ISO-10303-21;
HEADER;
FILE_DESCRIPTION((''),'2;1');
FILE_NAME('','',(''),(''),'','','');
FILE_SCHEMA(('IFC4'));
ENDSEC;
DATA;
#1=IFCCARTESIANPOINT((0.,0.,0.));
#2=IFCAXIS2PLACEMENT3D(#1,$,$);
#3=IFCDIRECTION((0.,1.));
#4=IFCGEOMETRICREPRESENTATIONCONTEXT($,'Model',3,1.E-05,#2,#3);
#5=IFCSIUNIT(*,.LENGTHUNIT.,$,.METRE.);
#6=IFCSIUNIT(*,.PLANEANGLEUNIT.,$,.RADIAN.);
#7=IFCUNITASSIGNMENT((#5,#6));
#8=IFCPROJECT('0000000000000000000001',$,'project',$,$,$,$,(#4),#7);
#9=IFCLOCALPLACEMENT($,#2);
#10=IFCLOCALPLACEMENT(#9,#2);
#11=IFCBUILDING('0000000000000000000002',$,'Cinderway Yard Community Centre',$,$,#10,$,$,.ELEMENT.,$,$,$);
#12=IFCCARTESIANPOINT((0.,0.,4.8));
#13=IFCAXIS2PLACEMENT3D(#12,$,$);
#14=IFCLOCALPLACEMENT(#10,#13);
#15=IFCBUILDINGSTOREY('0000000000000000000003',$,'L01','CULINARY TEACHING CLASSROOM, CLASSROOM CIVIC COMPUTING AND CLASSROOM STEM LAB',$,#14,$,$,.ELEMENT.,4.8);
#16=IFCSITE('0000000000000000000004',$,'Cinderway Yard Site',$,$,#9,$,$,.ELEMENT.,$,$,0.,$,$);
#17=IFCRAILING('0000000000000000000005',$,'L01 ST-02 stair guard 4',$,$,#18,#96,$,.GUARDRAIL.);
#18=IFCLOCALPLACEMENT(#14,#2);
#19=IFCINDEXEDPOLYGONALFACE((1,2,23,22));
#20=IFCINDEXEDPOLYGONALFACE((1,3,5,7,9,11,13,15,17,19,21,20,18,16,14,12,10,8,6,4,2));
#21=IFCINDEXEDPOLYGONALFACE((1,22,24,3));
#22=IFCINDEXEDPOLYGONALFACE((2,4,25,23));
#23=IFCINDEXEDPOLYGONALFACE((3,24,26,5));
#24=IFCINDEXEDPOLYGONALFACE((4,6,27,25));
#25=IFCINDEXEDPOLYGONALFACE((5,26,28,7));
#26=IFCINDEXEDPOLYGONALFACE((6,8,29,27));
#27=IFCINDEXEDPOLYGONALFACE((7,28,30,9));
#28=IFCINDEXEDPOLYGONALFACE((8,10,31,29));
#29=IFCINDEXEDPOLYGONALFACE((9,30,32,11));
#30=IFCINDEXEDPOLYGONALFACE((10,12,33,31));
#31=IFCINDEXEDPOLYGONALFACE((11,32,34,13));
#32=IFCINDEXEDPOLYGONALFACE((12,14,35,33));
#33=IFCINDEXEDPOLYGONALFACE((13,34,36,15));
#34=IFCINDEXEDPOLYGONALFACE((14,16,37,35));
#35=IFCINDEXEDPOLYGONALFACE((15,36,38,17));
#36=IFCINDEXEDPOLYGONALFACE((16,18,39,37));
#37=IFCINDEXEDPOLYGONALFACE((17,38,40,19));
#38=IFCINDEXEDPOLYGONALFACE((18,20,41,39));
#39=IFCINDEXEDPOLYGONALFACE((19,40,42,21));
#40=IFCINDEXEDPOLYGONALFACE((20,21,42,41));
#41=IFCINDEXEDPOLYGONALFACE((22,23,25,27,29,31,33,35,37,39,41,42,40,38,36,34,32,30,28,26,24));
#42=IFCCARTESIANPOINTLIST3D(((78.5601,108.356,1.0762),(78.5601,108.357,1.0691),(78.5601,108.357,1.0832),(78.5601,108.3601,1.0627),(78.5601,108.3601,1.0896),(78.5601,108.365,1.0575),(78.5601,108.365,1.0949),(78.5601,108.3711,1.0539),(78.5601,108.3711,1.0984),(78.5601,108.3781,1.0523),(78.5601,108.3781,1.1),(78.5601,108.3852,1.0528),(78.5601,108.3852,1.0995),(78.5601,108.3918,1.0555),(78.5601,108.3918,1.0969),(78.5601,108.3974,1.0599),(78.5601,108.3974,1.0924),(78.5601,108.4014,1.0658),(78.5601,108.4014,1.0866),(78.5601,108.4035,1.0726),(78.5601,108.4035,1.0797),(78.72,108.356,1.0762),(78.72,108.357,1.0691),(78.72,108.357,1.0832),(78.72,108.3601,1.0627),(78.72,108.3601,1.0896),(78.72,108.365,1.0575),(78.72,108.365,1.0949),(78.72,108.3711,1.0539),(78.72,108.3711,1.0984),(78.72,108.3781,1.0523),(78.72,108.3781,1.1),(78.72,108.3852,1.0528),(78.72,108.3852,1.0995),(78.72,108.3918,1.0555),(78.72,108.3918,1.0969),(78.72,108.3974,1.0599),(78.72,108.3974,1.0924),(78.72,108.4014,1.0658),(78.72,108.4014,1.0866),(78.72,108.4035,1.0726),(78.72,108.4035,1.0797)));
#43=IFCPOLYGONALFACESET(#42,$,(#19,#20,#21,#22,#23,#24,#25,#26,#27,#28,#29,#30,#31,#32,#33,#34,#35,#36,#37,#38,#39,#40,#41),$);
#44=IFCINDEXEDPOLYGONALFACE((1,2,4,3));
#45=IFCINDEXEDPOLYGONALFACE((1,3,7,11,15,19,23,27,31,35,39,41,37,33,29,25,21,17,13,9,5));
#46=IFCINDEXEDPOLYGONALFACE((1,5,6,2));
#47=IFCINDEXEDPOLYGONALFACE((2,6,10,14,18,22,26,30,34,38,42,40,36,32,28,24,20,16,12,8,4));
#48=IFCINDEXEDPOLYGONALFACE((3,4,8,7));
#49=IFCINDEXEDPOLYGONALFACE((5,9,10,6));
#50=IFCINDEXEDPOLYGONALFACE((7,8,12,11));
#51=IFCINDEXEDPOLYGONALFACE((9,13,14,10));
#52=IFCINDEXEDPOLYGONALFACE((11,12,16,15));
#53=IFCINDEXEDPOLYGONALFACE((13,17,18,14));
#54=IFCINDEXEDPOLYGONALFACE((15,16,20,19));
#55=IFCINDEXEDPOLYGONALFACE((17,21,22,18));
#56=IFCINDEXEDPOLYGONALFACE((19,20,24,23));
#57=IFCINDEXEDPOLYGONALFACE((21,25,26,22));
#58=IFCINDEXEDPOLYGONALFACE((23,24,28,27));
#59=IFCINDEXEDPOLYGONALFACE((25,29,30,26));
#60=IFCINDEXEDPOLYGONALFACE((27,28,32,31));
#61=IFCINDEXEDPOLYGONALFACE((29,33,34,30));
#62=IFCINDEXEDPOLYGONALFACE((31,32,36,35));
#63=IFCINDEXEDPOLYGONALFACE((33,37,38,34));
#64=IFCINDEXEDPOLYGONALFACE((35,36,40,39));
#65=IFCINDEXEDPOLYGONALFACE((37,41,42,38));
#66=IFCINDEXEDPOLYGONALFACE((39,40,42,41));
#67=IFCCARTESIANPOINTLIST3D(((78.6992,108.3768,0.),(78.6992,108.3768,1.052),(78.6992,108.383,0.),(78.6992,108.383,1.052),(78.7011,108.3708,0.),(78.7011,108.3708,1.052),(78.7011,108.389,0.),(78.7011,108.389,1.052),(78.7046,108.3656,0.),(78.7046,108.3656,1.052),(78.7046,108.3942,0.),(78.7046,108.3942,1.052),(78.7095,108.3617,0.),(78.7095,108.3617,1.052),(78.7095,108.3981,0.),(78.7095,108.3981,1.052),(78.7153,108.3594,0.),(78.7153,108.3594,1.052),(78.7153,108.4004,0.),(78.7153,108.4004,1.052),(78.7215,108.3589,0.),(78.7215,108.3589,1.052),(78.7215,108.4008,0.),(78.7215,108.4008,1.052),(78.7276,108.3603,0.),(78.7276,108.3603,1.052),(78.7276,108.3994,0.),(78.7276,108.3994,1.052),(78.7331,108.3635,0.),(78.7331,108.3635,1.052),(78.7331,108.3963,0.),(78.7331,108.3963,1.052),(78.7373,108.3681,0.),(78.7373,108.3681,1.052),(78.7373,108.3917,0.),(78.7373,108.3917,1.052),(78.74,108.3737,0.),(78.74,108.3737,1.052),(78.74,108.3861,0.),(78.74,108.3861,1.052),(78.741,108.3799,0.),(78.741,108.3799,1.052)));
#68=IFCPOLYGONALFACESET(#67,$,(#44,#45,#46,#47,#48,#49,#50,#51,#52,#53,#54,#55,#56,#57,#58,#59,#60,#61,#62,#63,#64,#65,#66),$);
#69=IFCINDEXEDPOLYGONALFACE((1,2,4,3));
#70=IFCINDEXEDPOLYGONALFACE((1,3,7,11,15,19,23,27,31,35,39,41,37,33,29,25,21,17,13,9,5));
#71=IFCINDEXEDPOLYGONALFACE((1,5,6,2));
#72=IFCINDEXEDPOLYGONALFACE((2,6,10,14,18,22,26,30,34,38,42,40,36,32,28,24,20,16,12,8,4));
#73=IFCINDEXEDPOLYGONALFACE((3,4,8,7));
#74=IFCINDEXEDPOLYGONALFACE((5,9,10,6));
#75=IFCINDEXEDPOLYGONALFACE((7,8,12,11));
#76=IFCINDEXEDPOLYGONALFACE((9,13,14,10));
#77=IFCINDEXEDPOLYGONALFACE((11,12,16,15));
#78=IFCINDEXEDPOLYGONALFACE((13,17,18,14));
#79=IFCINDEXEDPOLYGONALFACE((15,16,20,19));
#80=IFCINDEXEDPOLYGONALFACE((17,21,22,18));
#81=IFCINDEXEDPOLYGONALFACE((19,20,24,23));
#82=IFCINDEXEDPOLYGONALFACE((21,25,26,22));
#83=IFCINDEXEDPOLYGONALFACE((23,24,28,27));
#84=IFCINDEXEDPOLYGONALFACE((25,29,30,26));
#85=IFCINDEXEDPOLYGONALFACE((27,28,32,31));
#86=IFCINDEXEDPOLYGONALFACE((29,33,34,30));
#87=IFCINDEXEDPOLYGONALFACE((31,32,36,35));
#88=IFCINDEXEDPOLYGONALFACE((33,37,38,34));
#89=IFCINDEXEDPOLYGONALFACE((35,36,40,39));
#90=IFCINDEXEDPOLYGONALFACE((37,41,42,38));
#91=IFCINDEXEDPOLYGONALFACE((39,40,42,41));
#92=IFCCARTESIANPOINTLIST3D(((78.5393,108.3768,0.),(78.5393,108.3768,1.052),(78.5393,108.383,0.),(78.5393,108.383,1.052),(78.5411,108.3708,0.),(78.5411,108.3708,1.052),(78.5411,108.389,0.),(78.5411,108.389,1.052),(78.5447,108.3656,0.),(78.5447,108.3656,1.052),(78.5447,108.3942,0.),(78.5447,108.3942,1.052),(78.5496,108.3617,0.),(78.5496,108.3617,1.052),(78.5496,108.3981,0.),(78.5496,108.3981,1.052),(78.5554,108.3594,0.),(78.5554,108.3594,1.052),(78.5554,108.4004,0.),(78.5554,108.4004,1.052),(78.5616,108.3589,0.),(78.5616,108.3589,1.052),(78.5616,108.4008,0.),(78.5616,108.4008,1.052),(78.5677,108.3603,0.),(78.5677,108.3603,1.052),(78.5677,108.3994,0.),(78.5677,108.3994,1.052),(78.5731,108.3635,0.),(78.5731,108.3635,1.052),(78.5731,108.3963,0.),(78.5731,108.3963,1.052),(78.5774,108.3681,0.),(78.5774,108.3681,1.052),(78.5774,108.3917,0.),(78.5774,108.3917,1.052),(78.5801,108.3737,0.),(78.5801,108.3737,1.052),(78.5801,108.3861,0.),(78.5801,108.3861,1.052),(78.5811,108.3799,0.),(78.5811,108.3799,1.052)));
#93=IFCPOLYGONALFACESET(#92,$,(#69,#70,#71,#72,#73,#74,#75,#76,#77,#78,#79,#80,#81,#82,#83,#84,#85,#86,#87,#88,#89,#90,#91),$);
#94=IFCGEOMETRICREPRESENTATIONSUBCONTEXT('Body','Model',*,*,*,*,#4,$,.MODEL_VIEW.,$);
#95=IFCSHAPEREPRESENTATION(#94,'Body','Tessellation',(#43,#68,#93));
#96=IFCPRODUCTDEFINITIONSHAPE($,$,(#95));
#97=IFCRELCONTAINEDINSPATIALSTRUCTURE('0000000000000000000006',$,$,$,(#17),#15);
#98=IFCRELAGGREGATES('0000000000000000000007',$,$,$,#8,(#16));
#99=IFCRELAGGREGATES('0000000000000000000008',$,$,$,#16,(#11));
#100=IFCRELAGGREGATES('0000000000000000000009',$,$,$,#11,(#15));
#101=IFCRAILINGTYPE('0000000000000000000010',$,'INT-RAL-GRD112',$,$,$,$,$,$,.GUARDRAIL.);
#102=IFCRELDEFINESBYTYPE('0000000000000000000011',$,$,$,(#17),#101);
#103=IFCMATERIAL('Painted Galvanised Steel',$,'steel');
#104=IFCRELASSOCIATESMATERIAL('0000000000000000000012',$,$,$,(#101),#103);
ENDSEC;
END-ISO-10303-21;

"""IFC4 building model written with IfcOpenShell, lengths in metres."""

from ifc_helpers import new_model, si_unit, direction, frame, origin, origin_2d, place, context, subcontext, project, spatial, circle, extrude, material, type_object, element, save


model = new_model("IFC4")

# Units and contexts
model_context = context("Model", 3, precision=1e-05, world=origin(), true_north=direction((0.0, 1.0)))
body_context = subcontext(model_context, "Body", "Model", "MODEL_VIEW")
ifc_project = project(units=[si_unit("LENGTHUNIT", "METRE"), si_unit("PLANEANGLEUNIT", "RADIAN")], contexts=[model_context])

# Site, building, storey
site_placement = place(None, origin())
site = spatial("IfcSite", under=ifc_project, at=site_placement, Name="Cinderway Yard Site", CompositionType="ELEMENT", RefElevation=0.0)
building_placement = place(site_placement, origin())
building = spatial("IfcBuilding", under=site, at=building_placement, Name="Cinderway Yard Community Centre", CompositionType="ELEMENT")
storey_placement = place(building_placement, frame((0.0, 0.0, 4.8)))
storey = spatial("IfcBuildingStorey", under=building, at=storey_placement, Name="L01", Description="CULINARY TEACHING CLASSROOM, CLASSROOM CIVIC COMPUTING AND CLASSROOM STEM LAB", CompositionType="ELEMENT", Elevation=4.8)

# Shared definitions
ifc_material_1 = material(Name="Painted Galvanised Steel", Category="steel")

# Railing
railing_type_1 = type_object("IfcRailingType", Name="INT-RAL-GRD112", PredefinedType="GUARDRAIL", material=ifc_material_1)
railing_1_placement = place(storey_placement, frame((78.72, 108.3799, 0.0)))
element("IfcRailing", 1, at=railing_1_placement, inside=storey, type_object=railing_type_1, Name="L01 ST-02 stair guard 4", PredefinedType="GUARDRAIL", context=body_context, shape_type="SweptSolid", body=[
    extrude(circle(Radius=0.0239, at=origin_2d()), frame((0.0, 0.0, 1.0762), z_axis=(-1.0, 0.0, 0.0), x_axis=(0.0, -1.0, 0.0)), (0.0, 0.0, 1.0), 0.1599),
    extrude(circle(Radius=0.021, at=origin_2d()), origin(), (0.0, 0.0, 1.0), 1.052),
    extrude(circle(Radius=0.021, at=origin_2d()), frame((-0.1599, 0.0, 0.0)), (0.0, 0.0, 1.0), 1.052),
])

save(model, "model.ifc")
